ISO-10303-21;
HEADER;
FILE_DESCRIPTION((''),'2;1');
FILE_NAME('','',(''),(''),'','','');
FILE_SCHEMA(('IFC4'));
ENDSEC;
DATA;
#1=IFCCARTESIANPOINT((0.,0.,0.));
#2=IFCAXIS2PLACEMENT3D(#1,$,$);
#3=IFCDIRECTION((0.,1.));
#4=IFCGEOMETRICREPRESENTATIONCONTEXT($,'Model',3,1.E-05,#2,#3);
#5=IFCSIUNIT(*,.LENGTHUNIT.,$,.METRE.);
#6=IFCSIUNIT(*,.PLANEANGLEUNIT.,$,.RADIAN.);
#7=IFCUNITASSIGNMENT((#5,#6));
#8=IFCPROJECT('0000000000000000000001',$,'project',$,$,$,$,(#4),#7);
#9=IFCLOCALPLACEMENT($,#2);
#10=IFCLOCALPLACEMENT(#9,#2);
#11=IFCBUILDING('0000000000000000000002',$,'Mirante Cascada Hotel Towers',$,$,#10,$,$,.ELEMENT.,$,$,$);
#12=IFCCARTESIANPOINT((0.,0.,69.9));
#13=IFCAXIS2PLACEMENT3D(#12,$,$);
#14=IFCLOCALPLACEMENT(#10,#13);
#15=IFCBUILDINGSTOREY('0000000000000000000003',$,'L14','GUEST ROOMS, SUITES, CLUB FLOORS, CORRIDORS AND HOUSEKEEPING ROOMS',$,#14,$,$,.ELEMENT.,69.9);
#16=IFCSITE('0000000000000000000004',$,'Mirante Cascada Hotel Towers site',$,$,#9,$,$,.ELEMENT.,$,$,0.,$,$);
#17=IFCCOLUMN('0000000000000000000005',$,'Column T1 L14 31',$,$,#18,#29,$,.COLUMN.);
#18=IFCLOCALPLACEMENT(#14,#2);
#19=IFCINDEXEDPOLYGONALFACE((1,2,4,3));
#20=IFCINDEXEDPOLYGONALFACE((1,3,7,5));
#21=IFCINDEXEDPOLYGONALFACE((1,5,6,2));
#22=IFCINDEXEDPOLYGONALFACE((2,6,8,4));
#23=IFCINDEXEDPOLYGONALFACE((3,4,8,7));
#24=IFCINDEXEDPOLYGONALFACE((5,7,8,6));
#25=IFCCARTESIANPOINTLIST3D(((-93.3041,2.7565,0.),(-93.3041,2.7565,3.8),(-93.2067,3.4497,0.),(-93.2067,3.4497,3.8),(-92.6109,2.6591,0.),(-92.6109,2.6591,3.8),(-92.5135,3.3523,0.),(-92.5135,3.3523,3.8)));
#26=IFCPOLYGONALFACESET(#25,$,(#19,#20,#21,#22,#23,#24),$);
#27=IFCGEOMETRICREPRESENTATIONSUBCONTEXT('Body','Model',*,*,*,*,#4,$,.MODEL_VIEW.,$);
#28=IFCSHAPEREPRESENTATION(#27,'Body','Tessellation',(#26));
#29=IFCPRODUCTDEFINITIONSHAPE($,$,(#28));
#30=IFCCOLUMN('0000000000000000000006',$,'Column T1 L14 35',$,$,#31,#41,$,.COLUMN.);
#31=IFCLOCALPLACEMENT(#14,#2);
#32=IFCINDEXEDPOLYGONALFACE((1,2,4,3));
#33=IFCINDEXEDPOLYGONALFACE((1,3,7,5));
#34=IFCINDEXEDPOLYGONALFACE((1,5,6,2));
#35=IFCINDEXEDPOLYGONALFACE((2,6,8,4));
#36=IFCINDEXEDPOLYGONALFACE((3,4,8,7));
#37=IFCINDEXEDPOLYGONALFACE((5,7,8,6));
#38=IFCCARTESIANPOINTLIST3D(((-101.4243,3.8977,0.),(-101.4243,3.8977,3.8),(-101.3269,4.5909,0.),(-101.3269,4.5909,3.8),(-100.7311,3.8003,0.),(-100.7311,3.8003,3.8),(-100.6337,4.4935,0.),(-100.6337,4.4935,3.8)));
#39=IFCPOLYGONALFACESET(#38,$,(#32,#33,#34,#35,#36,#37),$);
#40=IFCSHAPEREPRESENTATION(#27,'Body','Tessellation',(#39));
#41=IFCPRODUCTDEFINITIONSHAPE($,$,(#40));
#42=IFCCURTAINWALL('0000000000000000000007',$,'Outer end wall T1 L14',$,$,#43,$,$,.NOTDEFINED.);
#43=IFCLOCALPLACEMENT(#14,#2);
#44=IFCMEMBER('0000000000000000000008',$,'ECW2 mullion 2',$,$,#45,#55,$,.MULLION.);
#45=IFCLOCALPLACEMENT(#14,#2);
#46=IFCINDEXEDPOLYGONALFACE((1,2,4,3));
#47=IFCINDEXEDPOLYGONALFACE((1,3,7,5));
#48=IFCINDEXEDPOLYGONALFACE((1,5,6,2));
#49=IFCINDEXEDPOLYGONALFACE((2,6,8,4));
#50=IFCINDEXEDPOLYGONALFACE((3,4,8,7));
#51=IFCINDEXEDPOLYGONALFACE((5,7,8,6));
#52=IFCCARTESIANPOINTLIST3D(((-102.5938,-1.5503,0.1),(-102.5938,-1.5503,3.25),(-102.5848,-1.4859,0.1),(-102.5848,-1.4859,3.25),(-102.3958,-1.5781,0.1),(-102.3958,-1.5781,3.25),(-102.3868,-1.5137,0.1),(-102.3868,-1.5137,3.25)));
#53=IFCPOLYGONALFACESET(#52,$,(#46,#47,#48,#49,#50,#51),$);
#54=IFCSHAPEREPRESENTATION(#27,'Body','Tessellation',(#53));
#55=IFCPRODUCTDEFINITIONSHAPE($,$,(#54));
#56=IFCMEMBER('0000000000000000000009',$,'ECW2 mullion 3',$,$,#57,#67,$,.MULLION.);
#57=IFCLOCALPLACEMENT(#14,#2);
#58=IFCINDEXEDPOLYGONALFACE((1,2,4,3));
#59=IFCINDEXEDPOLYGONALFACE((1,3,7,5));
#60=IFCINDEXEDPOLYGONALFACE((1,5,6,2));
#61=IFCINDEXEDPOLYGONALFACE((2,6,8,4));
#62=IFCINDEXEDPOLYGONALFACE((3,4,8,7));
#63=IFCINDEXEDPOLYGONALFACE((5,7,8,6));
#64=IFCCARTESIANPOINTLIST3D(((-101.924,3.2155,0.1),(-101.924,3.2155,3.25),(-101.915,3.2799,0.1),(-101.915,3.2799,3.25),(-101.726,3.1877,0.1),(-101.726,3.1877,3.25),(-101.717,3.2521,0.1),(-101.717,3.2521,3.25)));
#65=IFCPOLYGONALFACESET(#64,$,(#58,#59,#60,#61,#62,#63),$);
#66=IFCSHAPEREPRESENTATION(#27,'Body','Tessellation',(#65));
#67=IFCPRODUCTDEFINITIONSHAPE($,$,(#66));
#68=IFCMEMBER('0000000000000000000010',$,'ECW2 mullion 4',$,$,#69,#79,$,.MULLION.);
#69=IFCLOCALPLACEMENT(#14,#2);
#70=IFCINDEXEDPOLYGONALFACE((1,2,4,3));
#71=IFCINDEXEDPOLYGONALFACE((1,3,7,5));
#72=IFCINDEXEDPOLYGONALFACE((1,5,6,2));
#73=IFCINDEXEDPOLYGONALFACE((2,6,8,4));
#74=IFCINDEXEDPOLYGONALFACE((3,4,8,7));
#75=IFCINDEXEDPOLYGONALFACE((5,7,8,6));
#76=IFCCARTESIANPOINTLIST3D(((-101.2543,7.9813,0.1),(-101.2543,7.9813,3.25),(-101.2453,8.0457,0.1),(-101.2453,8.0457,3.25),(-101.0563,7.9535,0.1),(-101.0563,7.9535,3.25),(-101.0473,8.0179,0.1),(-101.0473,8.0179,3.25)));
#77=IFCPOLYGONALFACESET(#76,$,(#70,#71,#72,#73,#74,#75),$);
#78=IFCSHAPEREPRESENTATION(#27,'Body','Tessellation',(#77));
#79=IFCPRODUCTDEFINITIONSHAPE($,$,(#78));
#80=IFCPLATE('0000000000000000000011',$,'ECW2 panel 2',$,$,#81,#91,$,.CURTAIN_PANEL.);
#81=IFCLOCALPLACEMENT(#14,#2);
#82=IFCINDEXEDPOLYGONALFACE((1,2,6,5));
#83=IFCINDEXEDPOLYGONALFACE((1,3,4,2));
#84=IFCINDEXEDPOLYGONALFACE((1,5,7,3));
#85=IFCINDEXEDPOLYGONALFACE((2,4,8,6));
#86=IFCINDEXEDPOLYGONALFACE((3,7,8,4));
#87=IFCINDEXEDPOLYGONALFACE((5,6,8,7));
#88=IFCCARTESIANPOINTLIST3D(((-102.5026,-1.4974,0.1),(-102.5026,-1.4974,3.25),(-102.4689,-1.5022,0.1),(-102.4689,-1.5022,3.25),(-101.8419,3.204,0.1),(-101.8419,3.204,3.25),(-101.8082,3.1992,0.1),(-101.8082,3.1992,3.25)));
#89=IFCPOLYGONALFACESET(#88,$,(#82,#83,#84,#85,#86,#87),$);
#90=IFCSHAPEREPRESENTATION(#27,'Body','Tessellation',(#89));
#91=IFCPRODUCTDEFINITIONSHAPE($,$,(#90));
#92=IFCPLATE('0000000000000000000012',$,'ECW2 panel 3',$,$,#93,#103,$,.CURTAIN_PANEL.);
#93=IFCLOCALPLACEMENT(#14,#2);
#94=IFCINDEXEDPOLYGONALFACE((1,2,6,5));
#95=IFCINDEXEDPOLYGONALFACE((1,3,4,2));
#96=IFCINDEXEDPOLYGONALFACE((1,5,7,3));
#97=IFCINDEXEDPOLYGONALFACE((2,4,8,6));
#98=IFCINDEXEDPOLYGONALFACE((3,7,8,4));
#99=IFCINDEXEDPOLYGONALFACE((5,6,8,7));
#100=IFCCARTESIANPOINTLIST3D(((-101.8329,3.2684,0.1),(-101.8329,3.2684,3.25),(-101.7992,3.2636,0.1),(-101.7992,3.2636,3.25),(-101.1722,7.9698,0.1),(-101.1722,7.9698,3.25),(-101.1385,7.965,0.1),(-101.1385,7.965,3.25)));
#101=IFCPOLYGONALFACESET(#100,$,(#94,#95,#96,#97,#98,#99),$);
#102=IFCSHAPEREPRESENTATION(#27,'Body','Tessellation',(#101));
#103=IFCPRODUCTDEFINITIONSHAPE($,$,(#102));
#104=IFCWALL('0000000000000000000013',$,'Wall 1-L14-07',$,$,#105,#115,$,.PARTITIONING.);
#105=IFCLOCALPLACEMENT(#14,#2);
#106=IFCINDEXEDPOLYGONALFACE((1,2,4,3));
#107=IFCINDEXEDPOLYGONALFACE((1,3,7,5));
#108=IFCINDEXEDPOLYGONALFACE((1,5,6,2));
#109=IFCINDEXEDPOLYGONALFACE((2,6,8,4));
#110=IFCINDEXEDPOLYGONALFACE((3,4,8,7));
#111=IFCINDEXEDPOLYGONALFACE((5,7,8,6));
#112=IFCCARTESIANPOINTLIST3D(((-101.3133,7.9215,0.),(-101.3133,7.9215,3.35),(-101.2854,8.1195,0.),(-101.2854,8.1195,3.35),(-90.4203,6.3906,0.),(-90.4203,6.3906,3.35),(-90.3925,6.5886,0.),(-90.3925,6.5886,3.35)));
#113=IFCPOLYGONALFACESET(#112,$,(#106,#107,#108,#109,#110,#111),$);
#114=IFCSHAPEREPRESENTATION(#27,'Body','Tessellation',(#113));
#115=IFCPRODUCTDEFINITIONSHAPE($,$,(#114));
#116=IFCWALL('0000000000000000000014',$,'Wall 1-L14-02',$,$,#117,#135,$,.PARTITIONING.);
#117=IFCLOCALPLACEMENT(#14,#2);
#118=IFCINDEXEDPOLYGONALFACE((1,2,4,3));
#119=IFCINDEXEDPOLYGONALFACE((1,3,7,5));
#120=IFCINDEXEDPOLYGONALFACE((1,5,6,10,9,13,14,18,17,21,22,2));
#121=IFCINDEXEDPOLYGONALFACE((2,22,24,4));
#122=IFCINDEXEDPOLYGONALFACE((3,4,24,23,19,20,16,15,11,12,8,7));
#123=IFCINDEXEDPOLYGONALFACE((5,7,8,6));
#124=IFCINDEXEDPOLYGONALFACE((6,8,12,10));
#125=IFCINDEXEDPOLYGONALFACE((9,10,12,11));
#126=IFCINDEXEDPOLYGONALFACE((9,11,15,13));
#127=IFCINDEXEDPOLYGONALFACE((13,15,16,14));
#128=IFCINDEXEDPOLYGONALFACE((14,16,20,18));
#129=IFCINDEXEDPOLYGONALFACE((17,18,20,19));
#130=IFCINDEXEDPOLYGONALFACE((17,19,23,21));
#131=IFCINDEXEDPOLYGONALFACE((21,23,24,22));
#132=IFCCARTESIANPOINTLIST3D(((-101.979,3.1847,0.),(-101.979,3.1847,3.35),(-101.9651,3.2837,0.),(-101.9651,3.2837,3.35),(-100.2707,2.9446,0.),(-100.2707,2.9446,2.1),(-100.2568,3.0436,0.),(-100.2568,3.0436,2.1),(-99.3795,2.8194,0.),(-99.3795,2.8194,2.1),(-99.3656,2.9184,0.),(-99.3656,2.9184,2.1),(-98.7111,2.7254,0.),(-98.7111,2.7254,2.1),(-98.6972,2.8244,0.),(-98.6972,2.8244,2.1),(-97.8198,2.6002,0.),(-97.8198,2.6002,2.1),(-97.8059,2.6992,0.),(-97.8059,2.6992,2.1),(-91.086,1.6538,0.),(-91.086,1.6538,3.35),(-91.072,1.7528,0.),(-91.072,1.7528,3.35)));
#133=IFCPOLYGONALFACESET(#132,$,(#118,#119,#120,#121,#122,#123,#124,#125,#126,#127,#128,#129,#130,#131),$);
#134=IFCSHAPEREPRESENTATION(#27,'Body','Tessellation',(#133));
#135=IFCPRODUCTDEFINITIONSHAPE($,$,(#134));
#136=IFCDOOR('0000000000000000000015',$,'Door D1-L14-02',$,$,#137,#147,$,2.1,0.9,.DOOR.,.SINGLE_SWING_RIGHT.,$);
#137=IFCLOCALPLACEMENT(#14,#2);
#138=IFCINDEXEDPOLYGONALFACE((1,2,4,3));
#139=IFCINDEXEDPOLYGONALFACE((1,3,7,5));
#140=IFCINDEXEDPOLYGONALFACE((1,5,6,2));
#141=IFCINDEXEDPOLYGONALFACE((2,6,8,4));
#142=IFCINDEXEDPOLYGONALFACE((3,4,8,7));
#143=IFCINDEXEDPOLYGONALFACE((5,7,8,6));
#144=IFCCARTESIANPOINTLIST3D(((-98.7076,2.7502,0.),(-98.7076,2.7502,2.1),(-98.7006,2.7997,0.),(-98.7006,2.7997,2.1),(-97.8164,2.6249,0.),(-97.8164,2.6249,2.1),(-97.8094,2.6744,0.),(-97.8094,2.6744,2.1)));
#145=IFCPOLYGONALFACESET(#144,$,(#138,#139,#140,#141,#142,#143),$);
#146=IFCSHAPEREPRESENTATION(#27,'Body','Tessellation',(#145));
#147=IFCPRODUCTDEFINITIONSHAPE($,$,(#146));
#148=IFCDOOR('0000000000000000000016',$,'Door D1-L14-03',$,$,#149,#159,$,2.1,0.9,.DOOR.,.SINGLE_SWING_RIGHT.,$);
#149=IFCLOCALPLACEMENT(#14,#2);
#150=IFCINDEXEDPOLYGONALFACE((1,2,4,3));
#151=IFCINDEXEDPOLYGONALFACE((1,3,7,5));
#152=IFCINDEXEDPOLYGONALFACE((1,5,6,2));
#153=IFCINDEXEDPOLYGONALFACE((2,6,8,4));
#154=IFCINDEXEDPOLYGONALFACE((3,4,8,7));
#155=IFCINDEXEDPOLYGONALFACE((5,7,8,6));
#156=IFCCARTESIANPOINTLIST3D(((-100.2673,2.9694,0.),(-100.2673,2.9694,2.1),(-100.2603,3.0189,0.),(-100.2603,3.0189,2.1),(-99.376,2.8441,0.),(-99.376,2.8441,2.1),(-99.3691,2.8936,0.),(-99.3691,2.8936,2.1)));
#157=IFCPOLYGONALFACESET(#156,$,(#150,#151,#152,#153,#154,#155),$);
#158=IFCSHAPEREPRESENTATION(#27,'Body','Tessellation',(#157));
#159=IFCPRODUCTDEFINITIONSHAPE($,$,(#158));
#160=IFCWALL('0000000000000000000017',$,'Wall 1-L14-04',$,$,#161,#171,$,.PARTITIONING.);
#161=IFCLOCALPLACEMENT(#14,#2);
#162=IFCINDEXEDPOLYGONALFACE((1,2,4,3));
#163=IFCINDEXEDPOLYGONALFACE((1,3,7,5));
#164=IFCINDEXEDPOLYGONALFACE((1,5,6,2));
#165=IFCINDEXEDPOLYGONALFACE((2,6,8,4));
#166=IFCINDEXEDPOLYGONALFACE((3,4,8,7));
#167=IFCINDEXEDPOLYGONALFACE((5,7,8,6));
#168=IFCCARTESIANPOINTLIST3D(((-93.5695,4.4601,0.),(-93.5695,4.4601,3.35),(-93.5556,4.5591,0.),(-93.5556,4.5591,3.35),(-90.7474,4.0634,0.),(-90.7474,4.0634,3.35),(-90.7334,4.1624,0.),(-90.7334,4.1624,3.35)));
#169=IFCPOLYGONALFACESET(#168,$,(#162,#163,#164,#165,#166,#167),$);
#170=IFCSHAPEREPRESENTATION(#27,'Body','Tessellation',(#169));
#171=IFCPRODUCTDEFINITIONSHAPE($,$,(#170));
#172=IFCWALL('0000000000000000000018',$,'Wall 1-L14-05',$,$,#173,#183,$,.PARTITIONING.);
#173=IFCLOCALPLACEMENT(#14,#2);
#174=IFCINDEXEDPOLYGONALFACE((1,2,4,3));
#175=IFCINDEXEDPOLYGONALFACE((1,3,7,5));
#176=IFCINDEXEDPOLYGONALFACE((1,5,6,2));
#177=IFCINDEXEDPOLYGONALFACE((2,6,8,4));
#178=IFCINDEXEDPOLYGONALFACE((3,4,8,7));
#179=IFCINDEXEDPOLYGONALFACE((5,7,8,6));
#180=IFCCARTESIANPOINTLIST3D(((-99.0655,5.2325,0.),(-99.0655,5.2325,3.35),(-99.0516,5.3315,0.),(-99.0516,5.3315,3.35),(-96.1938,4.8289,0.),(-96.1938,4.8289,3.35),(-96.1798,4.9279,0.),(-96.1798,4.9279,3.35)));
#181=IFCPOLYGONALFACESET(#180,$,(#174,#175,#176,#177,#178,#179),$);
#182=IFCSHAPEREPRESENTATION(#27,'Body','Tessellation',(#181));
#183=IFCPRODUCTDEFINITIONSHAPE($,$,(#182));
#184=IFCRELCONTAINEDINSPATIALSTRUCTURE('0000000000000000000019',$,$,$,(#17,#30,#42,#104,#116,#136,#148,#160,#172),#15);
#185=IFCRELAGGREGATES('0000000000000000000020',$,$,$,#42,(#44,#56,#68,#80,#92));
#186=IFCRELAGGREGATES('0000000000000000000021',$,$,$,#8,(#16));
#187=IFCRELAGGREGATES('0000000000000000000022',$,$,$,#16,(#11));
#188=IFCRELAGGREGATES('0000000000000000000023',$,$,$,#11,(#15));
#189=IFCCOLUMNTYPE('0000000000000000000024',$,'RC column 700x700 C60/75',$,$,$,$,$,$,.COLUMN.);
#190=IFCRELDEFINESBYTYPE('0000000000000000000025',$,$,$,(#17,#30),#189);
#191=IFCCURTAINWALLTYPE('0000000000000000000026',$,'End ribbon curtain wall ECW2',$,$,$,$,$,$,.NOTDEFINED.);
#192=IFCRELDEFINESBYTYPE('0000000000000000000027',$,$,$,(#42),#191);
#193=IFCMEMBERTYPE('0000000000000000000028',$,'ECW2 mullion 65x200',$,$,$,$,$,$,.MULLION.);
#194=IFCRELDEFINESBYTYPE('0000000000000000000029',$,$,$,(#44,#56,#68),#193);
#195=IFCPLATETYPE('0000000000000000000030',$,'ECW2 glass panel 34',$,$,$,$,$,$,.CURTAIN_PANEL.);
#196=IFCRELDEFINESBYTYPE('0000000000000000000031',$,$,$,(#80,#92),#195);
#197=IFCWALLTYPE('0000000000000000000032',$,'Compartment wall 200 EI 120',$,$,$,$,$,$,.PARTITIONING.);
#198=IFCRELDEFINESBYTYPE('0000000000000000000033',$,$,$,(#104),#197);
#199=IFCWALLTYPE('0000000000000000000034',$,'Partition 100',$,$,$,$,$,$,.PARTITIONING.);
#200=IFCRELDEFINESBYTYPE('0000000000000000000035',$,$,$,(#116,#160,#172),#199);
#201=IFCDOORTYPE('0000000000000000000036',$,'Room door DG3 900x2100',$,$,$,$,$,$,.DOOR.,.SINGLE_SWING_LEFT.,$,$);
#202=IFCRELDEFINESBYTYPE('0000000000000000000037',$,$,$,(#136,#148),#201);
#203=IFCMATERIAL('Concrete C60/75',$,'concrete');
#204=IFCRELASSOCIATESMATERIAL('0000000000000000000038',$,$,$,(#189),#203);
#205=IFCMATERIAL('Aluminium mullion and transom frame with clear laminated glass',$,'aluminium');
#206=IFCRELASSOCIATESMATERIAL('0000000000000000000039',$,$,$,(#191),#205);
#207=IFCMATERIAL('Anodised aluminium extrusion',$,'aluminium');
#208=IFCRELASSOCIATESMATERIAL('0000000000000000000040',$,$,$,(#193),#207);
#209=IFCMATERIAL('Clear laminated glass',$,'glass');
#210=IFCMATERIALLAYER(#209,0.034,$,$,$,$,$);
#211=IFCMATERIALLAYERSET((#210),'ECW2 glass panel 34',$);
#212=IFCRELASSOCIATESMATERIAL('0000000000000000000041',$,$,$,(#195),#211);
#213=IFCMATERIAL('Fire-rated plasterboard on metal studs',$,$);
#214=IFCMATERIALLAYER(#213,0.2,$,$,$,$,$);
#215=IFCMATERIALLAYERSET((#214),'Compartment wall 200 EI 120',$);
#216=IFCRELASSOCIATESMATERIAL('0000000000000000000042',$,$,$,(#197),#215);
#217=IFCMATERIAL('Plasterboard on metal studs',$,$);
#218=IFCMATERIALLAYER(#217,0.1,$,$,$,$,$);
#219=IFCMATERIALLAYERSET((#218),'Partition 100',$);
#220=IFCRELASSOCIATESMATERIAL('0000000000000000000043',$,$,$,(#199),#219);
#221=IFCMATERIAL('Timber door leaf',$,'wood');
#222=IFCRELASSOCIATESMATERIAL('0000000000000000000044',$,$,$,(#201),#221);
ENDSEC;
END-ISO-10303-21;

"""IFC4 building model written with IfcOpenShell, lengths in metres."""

from ifc_helpers import new_model, si_unit, direction, frame, frame_2d, origin, origin_2d, place, context, subcontext, project, spatial, rectangle, extrude, material, layer, layer_set, material_profile, profile_set, type_object, element, fill, aggregate, save


model = new_model("IFC4")

# Units and contexts
model_context = context("Model", 3, precision=1e-05, world=origin(), true_north=direction((0.0, 1.0)))
body_context = subcontext(model_context, "Body", "Model", "MODEL_VIEW")
ifc_project = project(units=[si_unit("LENGTHUNIT", "METRE"), si_unit("PLANEANGLEUNIT", "RADIAN")], contexts=[model_context])

# Site, building, storey
site_placement = place(None, origin())
site = spatial("IfcSite", under=ifc_project, at=site_placement, Name="Mirante Cascada Hotel Towers site", CompositionType="ELEMENT", RefElevation=0.0)
building_placement = place(site_placement, origin())
building = spatial("IfcBuilding", under=site, at=building_placement, Name="Mirante Cascada Hotel Towers", CompositionType="ELEMENT")
storey_placement = place(building_placement, frame((0.0, 0.0, 69.9)))
storey = spatial("IfcBuildingStorey", under=building, at=storey_placement, Name="L14", Description="GUEST ROOMS, SUITES, CLUB FLOORS, CORRIDORS AND HOUSEKEEPING ROOMS", CompositionType="ELEMENT", Elevation=69.9)

# Columns
ifc_material_1 = material(Name="Concrete C60/75", Category="concrete")
ifc_material_profile_1 = material_profile(ifc_material_1, rectangle(XDim=0.7, YDim=0.7, at=origin_2d()), Name="RC column 700x700 C60/75")
ifc_profile_set_1 = profile_set([ifc_material_profile_1], Name="Concrete C60/75")
column_type = type_object("IfcColumnType", Name="RC column 700x700 C60/75", PredefinedType="COLUMN", material=ifc_profile_set_1)
for number, where, z_axis, x_axis, name in (
    (1, (-92.9088, 3.0544, 0.0), (0.0, 0.0, 1.0), (-0.990268, 0.139173, 0.0), "Column T1 L14 31"),
    (2, (-101.029, 4.1956, 0.0), (0.0, 0.0, 1.0), (-0.990268, 0.139173, 0.0), "Column T1 L14 35"),
):
    element("IfcColumn", number, at=place(storey_placement, frame(where, z_axis=z_axis, x_axis=x_axis)), inside=storey, type_object=column_type, Name=name, PredefinedType="COLUMN", context=body_context, shape_type="SweptSolid", body=[
        extrude(rectangle(XDim=0.7, YDim=0.7, at=origin_2d()), origin(), (0.0, 0.0, 1.0), 3.8),
    ])

# Curtain wall, members, plates
ifc_material_2 = material(Name="Aluminium mullion and transom frame with clear laminated glass", Category="aluminium")
curtain_wall_type = type_object("IfcCurtainWallType", Name="End ribbon curtain wall ECW2", PredefinedType="NOTDEFINED", material=ifc_material_2)
curtain_wall_placement = place(storey_placement, origin())
curtain_wall = element("IfcCurtainWall", 3, at=curtain_wall_placement, inside=storey, type_object=curtain_wall_type, Name="Outer end wall T1 L14", PredefinedType="NOTDEFINED")
ifc_material_3 = material(Name="Anodised aluminium extrusion", Category="aluminium")
ifc_material_profile_2 = material_profile(ifc_material_3, rectangle(XDim=0.2, YDim=0.065, at=origin_2d()), Name="ECW2 MULLION 65x200")
ifc_profile_set_2 = profile_set([ifc_material_profile_2], Name="Anodised aluminium extrusion")
member_type = type_object("IfcMemberType", Name="ECW2 mullion 65x200", PredefinedType="MULLION", material=ifc_profile_set_2)
member_1_placement = place(storey_placement, frame((-102.4903, -1.532, 0.1), z_axis=(0.0, 0.0, 1.0), x_axis=(-0.990268, 0.139173, 0.0)))
member_1 = element("IfcMember", 4, at=member_1_placement, type_object=member_type, Name="ECW2 mullion 2", PredefinedType="MULLION", context=body_context, shape_type="SweptSolid", body=[
    extrude(rectangle(XDim=0.2, YDim=0.065, at=origin_2d()), origin(), (0.0, 0.0, 1.0), 3.15),
])
member_2_placement = place(storey_placement, frame((-101.8205, 3.2338, 0.1), z_axis=(0.0, 0.0, 1.0), x_axis=(-0.990268, 0.139173, 0.0)))
member_2 = element("IfcMember", 5, at=member_2_placement, type_object=member_type, Name="ECW2 mullion 3", PredefinedType="MULLION", context=body_context, shape_type="SweptSolid", body=[
    extrude(rectangle(XDim=0.2, YDim=0.065, at=origin_2d()), origin(), (0.0, 0.0, 1.0), 3.15),
])
member_3_placement = place(storey_placement, frame((-101.1508, 7.9996, 0.1), z_axis=(0.0, 0.0, 1.0), x_axis=(-0.990268, 0.139173, 0.0)))
member_3 = element("IfcMember", 6, at=member_3_placement, type_object=member_type, Name="ECW2 mullion 4", PredefinedType="MULLION", context=body_context, shape_type="SweptSolid", body=[
    extrude(rectangle(XDim=0.2, YDim=0.065, at=origin_2d()), origin(), (0.0, 0.0, 1.0), 3.15),
])
ifc_material_4 = material(Name="Clear laminated glass", Category="glass")
ifc_layer_1 = layer(ifc_material_4, 0.034)
ifc_layer_set_1 = layer_set([ifc_layer_1], Name="ECW2 glass panel 34")
plate_type = type_object("IfcPlateType", Name="ECW2 glass panel 34", PredefinedType="CURTAIN_PANEL", material=ifc_layer_set_1)
plate_1_placement = place(storey_placement, frame((-102.1554, 0.8509, 0.1), z_axis=(0.0, 0.0, 1.0), x_axis=(0.139173, 0.990268, 0.0)))
plate_1 = element("IfcPlate", 7, at=plate_1_placement, type_object=plate_type, Name="ECW2 panel 2", PredefinedType="CURTAIN_PANEL", context=body_context, shape_type="SweptSolid", body=[
    extrude(rectangle(XDim=4.7476, YDim=0.034, at=origin_2d()), origin(), (0.0, 0.0, 1.0), 3.15),
])
plate_2_placement = place(storey_placement, frame((-101.4857, 5.6167, 0.1), z_axis=(0.0, 0.0, 1.0), x_axis=(0.139173, 0.990268, 0.0)))
plate_2 = element("IfcPlate", 8, at=plate_2_placement, type_object=plate_type, Name="ECW2 panel 3", PredefinedType="CURTAIN_PANEL", context=body_context, shape_type="SweptSolid", body=[
    extrude(rectangle(XDim=4.7476, YDim=0.034, at=origin_2d()), origin(), (0.0, 0.0, 1.0), 3.15),
])
aggregate(curtain_wall, [member_1, member_2, member_3, plate_1, plate_2])

# Wall
ifc_material_5 = material(Name="Fire-rated plasterboard on metal studs")
ifc_layer_2 = layer(ifc_material_5, 0.2)
ifc_layer_set_2 = layer_set([ifc_layer_2], Name="Compartment wall 200 EI 120")
wall_type_1 = type_object("IfcWallType", Name="Compartment wall 200 EI 120", PredefinedType="PARTITIONING", material=ifc_layer_set_2)
wall_1_placement = place(storey_placement, frame((-90.4064, 6.4896, 0.0), z_axis=(0.0, 0.0, 1.0), x_axis=(-0.990268, 0.139173, 0.0)))
element("IfcWall", 9, at=wall_1_placement, inside=storey, type_object=wall_type_1, Name="Wall 1-L14-07", PredefinedType="PARTITIONING", context=body_context, shape_type="SweptSolid", body=[
    extrude(rectangle(XDim=11.0, YDim=0.2, at=frame_2d((5.5, 0.0))), origin(), (0.0, 0.0, 1.0), 3.35),
])

# Wall, openings, doors
ifc_material_6 = material(Name="Plasterboard on metal studs")
ifc_layer_3 = layer(ifc_material_6, 0.1)
ifc_layer_set_3 = layer_set([ifc_layer_3], Name="Partition 100")
wall_type_2 = type_object("IfcWallType", Name="Partition 100", PredefinedType="PARTITIONING", material=ifc_layer_set_3)
wall_2_placement = place(storey_placement, frame((-101.972, 3.2342, 0.0), z_axis=(0.0, 0.0, 1.0), x_axis=(0.990268, -0.139172, 0.0)))
wall_2 = element("IfcWall", 10, at=wall_2_placement, inside=storey, type_object=wall_type_2, Name="Wall 1-L14-02", PredefinedType="PARTITIONING", context=body_context, shape_type="SweptSolid", body=[
    extrude(rectangle(XDim=11.0001, YDim=0.1, at=frame_2d((5.5, 0.0))), origin(), (0.0, 0.0, 1.0), 3.35),
])
opening_1_placement = place(wall_2_placement, frame((3.3, 0.0, 0.0)))
opening_1 = element("IfcOpeningElement", 11, at=opening_1_placement, cuts=wall_2, PredefinedType="OPENING", context=body_context, shape_type="SweptSolid", body=[
    extrude(rectangle(XDim=0.9, YDim=2.1, at=frame_2d((0.45, 1.05))), frame((0.0, 0.05, 0.0), z_axis=(0.0, -1.0, 0.0), x_axis=(1.0, 0.0, 0.0)), (0.0, 0.0, 1.0), 0.1),
])
opening_2_placement = place(wall_2_placement, frame((1.725, 0.0, 0.0)))
opening_2 = element("IfcOpeningElement", 12, at=opening_2_placement, cuts=wall_2, PredefinedType="OPENING", context=body_context, shape_type="SweptSolid", body=[
    extrude(rectangle(XDim=0.9, YDim=2.1, at=frame_2d((0.45, 1.05))), frame((0.0, 0.05, 0.0), z_axis=(0.0, -1.0, 0.0), x_axis=(1.0, 0.0, 0.0)), (0.0, 0.0, 1.0), 0.1),
])
ifc_material_7 = material(Name="Timber door leaf", Category="wood")
door_type_1 = type_object("IfcDoorType", Name="Room door DG3 900x2100", OperationType="SINGLE_SWING_LEFT", PredefinedType="DOOR", material=ifc_material_7)
door_1_placement = place(opening_1_placement, frame((0.9, 0.0, 0.0), z_axis=(0.0, 0.0, 1.0), x_axis=(-1.0, 0.0, 0.0)))
door_1 = element("IfcDoor", 13, at=door_1_placement, inside=storey, type_object=door_type_1, Name="Door D1-L14-02", OperationType="SINGLE_SWING_RIGHT", OverallHeight=2.1, OverallWidth=0.9, PredefinedType="DOOR", context=body_context, shape_type="SweptSolid", body=[
    extrude(rectangle(XDim=0.9, YDim=2.1, at=frame_2d((0.45, 1.05))), frame((0.0, 0.025, 0.0), z_axis=(0.0, -1.0, 0.0), x_axis=(1.0, 0.0, 0.0)), (0.0, 0.0, 1.0), 0.05),
])
fill(opening_1, door_1)
door_2_placement = place(opening_2_placement, frame((0.9, 0.0, 0.0), z_axis=(0.0, 0.0, 1.0), x_axis=(-1.0, 0.0, 0.0)))
door_2 = element("IfcDoor", 14, at=door_2_placement, inside=storey, type_object=door_type_1, Name="Door D1-L14-03", OperationType="SINGLE_SWING_RIGHT", OverallHeight=2.1, OverallWidth=0.9, PredefinedType="DOOR", context=body_context, shape_type="SweptSolid", body=[
    extrude(rectangle(XDim=0.9, YDim=2.1, at=frame_2d((0.45, 1.05))), frame((0.0, 0.025, 0.0), z_axis=(0.0, -1.0, 0.0), x_axis=(1.0, 0.0, 0.0)), (0.0, 0.0, 1.0), 0.05),
])
fill(opening_2, door_2)

# Walls
wall_3_placement = place(storey_placement, frame((-93.5626, 4.5096, 0.0), z_axis=(0.0, 0.0, 1.0), x_axis=(0.990265, -0.139196, 0.0)))
element("IfcWall", 15, at=wall_3_placement, inside=storey, type_object=wall_type_2, Name="Wall 1-L14-04", PredefinedType="PARTITIONING", context=body_context, shape_type="SweptSolid", body=[
    extrude(rectangle(XDim=2.8499, YDim=0.1, at=frame_2d((1.425, 0.0))), origin(), (0.0, 0.0, 1.0), 3.35),
])
wall_4_placement = place(storey_placement, frame((-96.1868, 4.8784, 0.0), z_axis=(0.0, 0.0, 1.0), x_axis=(-0.990268, 0.139171, 0.0)))
element("IfcWall", 16, at=wall_4_placement, inside=storey, type_object=wall_type_2, Name="Wall 1-L14-05", PredefinedType="PARTITIONING", context=body_context, shape_type="SweptSolid", body=[
    extrude(rectangle(XDim=2.9, YDim=0.1, at=frame_2d((1.45, 0.0))), origin(), (0.0, 0.0, 1.0), 3.35),
])

save(model, "model.ifc")
